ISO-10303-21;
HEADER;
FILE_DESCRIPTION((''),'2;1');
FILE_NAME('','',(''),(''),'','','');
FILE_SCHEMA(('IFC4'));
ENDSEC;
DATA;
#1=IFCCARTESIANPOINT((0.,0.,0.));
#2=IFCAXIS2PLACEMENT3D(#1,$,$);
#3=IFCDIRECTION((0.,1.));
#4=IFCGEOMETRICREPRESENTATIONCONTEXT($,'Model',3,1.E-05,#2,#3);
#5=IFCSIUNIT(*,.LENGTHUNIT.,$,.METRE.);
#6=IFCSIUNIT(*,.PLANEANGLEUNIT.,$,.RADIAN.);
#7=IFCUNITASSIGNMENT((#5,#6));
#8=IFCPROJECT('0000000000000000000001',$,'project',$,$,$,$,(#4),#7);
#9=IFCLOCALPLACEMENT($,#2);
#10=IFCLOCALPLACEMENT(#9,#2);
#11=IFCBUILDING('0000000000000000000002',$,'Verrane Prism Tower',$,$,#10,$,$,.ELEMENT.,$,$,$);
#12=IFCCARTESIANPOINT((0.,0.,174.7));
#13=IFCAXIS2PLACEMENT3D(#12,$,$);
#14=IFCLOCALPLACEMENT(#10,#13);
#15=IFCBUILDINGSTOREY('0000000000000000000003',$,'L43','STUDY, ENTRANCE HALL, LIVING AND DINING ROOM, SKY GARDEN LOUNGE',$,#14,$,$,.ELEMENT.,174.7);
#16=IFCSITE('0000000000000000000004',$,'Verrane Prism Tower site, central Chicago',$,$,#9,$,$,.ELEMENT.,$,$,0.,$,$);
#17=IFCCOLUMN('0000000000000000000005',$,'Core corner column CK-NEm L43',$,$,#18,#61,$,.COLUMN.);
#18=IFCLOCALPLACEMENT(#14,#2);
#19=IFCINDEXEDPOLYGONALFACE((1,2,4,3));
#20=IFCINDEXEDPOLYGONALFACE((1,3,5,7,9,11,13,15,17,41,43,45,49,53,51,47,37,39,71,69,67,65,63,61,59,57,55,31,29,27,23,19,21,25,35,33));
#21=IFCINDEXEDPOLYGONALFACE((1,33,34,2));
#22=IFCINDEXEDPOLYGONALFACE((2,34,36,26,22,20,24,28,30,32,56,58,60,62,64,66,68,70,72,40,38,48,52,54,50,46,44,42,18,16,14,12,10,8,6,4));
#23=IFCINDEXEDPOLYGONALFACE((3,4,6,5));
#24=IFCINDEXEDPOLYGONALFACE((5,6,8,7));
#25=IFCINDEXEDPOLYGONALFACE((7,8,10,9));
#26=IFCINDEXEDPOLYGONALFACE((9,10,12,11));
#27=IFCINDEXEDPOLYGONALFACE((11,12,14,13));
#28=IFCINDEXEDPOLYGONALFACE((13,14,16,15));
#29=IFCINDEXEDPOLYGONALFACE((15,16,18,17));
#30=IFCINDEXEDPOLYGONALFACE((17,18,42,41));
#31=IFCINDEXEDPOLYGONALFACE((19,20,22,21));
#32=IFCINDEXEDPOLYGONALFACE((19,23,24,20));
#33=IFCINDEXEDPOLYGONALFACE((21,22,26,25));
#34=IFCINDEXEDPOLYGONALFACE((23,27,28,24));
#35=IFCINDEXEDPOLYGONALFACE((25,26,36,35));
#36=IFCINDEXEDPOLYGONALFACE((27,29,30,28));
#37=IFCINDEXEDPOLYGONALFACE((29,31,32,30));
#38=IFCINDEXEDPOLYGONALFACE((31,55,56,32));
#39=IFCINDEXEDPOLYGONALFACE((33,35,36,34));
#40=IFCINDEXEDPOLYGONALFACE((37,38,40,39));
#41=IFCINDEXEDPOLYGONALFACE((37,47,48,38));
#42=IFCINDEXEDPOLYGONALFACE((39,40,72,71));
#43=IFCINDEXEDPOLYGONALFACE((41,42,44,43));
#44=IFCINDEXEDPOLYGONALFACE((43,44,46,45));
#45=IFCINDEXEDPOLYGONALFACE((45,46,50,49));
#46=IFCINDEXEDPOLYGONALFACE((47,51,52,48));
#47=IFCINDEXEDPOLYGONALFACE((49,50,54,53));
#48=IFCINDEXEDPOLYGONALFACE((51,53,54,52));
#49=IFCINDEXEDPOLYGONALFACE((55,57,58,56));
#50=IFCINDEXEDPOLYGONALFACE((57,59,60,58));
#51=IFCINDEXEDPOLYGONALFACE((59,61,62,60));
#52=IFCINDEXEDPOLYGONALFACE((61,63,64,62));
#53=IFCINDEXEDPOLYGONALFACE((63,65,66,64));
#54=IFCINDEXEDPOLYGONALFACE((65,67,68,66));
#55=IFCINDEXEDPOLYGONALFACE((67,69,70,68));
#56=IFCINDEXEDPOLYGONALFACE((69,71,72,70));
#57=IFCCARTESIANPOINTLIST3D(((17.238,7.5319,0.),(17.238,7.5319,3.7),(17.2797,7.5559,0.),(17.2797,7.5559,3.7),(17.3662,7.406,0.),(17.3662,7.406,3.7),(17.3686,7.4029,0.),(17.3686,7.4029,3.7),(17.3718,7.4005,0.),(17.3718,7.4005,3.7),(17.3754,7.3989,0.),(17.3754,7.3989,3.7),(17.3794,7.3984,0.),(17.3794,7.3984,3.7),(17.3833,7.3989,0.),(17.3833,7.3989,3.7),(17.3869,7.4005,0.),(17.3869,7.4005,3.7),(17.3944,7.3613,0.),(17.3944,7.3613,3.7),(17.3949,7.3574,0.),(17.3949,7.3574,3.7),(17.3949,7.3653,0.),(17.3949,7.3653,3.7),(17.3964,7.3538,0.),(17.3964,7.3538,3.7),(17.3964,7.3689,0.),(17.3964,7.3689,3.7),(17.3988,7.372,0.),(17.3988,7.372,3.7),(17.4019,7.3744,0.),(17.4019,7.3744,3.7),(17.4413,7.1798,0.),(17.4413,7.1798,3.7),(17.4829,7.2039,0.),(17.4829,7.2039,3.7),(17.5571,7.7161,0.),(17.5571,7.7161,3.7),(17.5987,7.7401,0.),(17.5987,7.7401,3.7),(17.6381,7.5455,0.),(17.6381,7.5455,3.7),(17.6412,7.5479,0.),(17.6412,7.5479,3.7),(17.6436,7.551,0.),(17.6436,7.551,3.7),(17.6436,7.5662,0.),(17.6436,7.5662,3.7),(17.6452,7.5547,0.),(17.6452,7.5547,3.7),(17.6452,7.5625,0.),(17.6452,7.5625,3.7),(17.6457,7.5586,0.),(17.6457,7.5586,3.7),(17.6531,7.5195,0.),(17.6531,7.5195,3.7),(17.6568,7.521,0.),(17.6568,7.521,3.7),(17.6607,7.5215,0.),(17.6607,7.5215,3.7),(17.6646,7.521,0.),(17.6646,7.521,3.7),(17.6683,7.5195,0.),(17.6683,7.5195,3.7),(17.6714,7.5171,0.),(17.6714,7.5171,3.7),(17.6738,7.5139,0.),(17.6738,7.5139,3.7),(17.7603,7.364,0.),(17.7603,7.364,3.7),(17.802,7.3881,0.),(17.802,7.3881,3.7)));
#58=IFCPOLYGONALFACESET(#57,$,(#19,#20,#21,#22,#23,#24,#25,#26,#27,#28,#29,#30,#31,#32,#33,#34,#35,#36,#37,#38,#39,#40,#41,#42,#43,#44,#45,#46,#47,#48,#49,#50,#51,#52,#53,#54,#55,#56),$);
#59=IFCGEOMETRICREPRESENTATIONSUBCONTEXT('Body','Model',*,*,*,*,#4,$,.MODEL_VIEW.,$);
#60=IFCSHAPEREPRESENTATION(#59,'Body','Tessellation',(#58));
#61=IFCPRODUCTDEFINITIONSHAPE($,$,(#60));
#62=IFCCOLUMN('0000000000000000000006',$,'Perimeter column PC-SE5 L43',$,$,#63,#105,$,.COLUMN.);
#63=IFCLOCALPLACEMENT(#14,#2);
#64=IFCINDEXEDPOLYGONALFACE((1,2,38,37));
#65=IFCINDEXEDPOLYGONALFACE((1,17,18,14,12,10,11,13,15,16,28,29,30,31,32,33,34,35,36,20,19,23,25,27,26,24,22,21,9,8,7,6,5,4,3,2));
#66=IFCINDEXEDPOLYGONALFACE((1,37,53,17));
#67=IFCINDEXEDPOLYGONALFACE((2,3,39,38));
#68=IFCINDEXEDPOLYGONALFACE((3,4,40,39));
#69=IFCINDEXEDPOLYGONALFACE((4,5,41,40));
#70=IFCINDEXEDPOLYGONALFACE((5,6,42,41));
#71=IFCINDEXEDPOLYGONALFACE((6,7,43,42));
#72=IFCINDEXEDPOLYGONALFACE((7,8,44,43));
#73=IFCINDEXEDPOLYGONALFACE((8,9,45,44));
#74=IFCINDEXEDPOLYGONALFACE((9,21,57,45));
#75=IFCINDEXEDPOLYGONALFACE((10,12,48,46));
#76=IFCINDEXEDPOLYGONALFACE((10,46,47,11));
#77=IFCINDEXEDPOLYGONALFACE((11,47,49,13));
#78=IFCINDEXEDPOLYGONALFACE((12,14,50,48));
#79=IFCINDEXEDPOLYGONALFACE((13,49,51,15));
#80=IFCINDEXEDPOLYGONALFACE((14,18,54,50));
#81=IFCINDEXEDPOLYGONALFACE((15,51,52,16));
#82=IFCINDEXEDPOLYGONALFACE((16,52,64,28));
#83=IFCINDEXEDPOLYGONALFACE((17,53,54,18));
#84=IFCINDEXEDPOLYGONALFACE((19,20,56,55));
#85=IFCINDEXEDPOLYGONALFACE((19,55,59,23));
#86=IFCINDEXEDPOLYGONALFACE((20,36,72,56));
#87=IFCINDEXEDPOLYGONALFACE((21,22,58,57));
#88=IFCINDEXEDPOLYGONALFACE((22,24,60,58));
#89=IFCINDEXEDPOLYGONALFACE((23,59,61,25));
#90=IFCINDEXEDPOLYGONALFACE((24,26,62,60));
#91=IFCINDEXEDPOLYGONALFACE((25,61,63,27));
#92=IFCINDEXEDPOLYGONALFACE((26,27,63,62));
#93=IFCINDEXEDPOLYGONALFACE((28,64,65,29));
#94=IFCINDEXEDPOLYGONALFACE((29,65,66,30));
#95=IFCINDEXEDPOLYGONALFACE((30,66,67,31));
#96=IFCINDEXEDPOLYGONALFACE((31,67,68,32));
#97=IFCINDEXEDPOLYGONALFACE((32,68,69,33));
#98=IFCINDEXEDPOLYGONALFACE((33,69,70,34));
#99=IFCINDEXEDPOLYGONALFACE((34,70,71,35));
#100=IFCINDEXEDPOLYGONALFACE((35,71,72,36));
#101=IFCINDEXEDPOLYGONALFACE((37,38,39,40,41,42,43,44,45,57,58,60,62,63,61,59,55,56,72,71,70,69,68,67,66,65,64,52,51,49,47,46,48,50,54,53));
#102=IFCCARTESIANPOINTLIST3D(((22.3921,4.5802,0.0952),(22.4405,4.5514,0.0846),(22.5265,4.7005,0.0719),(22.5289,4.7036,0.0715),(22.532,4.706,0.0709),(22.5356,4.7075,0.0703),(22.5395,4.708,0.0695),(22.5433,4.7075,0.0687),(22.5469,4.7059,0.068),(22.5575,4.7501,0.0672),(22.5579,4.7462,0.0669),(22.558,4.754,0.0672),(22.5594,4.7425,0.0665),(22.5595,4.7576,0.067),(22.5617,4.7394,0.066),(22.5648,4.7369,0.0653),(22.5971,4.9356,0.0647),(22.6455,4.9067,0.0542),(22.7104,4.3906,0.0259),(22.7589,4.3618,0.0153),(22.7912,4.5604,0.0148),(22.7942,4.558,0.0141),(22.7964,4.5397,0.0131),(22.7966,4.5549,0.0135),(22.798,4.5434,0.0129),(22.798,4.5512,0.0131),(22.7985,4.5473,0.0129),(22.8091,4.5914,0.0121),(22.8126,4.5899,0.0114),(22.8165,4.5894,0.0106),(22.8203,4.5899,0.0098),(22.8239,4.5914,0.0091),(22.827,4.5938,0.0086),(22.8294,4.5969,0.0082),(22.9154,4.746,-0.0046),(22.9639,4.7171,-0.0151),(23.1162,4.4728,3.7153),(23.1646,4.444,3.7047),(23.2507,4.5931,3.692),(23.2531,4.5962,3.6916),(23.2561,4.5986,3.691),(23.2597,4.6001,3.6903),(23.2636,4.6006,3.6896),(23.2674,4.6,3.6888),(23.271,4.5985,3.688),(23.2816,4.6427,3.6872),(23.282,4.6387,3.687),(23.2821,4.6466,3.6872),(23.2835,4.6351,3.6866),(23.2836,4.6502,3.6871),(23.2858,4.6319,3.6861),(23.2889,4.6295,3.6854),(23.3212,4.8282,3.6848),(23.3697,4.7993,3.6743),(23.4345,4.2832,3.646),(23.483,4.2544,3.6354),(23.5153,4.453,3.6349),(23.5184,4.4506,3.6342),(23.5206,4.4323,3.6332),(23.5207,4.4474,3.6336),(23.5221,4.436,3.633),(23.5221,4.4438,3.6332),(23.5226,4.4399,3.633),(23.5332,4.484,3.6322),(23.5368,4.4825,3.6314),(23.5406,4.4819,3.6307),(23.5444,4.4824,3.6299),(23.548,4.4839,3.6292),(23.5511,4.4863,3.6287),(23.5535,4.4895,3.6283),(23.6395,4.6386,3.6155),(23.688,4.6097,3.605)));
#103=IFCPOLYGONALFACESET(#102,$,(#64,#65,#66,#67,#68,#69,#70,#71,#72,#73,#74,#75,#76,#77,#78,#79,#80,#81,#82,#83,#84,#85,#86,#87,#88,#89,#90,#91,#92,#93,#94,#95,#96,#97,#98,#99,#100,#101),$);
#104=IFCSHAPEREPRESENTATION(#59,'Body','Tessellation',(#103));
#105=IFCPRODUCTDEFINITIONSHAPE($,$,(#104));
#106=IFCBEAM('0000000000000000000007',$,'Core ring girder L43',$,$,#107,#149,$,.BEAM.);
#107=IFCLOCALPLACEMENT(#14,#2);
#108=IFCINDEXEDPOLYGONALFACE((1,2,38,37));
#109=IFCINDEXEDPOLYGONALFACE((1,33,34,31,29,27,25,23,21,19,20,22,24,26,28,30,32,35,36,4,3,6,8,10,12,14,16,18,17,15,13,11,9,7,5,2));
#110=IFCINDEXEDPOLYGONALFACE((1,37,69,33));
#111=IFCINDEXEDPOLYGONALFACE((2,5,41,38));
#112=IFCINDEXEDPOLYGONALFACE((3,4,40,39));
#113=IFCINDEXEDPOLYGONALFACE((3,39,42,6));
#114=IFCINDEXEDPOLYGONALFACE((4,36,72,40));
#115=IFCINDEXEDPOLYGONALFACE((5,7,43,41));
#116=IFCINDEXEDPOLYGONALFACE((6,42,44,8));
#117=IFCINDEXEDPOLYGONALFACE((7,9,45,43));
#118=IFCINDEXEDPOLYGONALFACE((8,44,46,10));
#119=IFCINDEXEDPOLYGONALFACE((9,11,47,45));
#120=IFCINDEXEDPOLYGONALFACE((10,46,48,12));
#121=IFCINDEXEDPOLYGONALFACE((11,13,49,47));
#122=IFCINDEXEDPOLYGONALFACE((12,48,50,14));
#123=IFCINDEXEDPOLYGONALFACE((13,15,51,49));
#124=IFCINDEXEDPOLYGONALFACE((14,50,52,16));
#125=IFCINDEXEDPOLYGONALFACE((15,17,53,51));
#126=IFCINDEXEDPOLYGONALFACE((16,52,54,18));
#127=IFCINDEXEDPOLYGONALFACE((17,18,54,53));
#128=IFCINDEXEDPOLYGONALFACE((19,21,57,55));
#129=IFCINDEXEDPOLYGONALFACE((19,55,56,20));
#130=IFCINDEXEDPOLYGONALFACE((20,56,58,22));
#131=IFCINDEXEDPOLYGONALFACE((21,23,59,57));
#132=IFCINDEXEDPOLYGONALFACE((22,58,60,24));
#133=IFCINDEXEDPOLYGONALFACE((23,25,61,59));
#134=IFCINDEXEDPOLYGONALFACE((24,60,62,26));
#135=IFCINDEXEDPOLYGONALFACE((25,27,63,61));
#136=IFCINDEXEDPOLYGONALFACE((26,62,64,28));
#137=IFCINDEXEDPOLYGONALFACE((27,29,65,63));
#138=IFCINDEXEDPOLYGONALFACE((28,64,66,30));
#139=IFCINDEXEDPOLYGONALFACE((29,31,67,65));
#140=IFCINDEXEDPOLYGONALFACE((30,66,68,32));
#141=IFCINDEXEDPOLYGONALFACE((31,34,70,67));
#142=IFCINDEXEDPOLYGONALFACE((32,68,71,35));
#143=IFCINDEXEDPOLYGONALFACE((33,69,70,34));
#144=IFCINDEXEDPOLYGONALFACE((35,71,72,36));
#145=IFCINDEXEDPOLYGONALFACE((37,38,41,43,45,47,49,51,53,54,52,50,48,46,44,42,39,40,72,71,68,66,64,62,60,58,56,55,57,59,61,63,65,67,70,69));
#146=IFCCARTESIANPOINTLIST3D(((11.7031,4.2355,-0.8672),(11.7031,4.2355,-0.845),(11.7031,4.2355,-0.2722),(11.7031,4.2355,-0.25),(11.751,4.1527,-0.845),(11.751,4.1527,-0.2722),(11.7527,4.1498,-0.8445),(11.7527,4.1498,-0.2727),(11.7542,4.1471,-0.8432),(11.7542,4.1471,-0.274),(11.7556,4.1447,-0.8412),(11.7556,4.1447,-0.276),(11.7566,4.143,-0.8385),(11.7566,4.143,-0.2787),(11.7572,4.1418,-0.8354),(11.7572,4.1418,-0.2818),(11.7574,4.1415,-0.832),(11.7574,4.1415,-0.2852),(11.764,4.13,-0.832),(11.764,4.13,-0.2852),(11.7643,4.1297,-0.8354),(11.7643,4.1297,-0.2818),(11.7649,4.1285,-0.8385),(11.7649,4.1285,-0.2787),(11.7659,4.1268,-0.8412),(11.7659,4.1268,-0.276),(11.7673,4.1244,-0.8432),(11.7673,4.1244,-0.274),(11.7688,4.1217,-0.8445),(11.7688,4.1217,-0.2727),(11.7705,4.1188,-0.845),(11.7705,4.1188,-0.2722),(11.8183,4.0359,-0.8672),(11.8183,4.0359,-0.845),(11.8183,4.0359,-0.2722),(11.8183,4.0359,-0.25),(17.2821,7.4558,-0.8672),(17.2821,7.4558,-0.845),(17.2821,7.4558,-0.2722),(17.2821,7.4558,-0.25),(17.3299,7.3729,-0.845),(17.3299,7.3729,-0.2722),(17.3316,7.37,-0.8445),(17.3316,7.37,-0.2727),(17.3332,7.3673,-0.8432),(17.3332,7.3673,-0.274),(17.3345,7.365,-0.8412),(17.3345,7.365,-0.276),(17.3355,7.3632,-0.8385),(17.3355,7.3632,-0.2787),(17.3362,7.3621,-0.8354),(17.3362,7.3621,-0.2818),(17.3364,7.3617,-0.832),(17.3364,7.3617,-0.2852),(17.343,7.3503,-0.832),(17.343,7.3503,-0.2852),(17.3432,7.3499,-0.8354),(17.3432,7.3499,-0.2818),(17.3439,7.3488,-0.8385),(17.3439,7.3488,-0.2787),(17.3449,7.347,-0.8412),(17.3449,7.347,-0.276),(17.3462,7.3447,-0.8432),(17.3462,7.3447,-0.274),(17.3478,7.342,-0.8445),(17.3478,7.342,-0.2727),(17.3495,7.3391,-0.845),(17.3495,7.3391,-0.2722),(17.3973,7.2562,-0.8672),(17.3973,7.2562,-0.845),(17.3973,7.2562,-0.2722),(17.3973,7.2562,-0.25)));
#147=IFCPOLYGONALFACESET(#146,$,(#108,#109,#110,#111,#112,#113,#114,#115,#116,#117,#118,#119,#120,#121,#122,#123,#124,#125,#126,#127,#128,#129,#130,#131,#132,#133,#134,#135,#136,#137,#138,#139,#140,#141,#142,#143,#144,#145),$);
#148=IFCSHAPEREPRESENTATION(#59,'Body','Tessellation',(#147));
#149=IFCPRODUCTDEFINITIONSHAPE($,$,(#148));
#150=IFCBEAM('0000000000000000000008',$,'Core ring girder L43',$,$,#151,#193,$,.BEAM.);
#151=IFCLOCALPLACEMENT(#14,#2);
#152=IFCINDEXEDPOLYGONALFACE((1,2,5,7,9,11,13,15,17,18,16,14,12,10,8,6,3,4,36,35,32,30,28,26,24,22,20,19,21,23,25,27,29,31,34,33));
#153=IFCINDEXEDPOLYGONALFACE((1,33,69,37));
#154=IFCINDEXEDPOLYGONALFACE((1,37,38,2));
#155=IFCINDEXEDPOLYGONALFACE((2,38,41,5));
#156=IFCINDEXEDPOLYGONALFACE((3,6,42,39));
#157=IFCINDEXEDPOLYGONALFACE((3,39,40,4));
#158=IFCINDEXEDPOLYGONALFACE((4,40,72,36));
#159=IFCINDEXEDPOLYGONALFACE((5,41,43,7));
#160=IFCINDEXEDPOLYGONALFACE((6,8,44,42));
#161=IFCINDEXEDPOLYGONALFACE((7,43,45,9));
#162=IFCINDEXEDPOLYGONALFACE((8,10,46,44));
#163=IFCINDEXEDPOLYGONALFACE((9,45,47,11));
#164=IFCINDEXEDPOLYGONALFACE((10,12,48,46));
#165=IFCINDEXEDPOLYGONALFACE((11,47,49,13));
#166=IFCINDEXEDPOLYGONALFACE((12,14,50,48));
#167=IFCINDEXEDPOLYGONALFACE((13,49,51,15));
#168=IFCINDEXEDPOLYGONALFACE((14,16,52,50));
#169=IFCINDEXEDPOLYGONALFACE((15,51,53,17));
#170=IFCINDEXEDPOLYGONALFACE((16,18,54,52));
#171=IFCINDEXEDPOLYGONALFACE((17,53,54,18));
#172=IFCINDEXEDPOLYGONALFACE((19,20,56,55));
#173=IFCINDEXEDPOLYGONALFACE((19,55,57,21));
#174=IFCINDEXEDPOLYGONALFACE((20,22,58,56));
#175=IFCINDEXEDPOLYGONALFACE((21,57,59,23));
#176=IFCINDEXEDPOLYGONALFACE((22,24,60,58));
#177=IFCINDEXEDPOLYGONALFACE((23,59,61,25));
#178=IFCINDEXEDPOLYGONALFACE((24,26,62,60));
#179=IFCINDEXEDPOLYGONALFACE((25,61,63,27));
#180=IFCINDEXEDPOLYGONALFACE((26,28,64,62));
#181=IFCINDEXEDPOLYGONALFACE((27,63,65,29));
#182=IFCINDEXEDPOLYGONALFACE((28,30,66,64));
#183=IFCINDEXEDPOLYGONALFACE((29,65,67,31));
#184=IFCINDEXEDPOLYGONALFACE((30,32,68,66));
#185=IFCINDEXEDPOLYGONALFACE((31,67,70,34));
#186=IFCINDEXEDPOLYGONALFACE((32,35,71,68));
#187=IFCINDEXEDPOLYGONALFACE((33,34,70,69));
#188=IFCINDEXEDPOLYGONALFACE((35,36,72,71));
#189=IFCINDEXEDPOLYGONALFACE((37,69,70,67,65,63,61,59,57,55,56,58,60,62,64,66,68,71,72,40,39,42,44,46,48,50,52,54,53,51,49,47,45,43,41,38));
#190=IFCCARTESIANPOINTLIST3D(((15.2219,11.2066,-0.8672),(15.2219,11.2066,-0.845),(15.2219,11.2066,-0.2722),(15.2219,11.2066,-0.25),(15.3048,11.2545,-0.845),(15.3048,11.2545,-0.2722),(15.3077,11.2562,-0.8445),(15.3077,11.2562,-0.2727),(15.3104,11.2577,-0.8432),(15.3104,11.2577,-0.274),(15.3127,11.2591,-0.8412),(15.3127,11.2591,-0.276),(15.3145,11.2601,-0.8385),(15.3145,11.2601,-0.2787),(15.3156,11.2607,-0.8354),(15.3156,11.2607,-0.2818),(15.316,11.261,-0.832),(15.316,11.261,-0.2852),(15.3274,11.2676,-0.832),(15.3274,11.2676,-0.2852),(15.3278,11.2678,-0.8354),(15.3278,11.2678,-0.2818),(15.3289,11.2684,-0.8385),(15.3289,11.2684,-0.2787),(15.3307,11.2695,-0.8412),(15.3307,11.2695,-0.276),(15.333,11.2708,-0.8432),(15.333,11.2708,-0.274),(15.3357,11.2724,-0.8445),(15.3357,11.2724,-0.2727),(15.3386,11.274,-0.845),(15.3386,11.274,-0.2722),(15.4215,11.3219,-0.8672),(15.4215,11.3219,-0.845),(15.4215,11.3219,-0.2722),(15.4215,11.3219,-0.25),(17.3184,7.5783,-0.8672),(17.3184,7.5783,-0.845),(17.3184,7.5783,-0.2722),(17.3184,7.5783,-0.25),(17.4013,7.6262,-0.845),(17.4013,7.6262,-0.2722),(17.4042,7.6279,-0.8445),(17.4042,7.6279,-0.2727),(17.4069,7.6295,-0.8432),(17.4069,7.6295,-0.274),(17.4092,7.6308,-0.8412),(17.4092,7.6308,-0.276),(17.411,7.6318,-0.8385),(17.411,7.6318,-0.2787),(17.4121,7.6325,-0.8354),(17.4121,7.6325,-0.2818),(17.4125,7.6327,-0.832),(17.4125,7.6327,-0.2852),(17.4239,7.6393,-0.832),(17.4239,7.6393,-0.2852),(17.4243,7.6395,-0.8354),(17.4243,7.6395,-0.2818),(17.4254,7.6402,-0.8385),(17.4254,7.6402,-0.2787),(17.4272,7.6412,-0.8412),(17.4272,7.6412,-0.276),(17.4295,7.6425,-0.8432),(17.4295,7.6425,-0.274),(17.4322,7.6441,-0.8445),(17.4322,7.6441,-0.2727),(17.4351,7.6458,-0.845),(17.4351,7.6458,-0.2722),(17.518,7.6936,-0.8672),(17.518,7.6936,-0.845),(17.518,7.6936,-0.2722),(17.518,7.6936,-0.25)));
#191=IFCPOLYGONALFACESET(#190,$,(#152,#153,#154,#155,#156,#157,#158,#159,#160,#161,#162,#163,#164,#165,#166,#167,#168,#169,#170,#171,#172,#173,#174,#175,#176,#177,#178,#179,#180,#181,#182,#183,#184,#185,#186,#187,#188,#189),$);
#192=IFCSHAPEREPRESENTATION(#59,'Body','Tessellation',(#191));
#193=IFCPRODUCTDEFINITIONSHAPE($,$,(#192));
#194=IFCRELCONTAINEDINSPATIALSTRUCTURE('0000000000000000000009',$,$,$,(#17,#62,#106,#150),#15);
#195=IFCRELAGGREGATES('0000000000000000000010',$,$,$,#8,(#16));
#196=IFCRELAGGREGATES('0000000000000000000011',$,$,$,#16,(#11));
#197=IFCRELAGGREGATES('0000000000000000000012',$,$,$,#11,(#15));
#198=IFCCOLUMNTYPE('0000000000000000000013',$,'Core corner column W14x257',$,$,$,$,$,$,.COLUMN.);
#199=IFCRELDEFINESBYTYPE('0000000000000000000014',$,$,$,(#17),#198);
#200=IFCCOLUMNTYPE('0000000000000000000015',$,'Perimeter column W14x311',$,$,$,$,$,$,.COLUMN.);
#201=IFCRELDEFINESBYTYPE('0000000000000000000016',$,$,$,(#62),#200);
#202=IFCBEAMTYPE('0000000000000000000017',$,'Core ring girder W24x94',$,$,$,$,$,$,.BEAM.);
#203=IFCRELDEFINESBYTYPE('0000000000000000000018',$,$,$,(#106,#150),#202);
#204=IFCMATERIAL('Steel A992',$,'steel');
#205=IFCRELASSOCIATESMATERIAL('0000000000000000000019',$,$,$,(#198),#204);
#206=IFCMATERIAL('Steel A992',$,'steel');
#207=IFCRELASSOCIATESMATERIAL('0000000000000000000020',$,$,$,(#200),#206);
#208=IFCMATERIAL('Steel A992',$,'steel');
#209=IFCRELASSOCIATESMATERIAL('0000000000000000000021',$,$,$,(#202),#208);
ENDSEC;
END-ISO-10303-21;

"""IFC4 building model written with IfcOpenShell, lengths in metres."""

from ifc_helpers import new_model, si_unit, direction, frame, origin, origin_2d, place, context, subcontext, project, spatial, i_section, extrude, material, material_profile, profile_set, type_object, element, save


model = new_model("IFC4")

# Units and contexts
model_context = context("Model", 3, precision=1e-05, world=origin(), true_north=direction((0.0, 1.0)))
body_context = subcontext(model_context, "Body", "Model", "MODEL_VIEW")
ifc_project = project(units=[si_unit("LENGTHUNIT", "METRE"), si_unit("PLANEANGLEUNIT", "RADIAN")], contexts=[model_context])

# Site, building, storey
site_placement = place(None, origin())
site = spatial("IfcSite", under=ifc_project, at=site_placement, Name="Verrane Prism Tower site, central Chicago", CompositionType="ELEMENT", RefElevation=0.0)
building_placement = place(site_placement, origin())
building = spatial("IfcBuilding", under=site, at=building_placement, Name="Verrane Prism Tower", CompositionType="ELEMENT")
storey_placement = place(building_placement, frame((0.0, 0.0, 174.7)))
storey = spatial("IfcBuildingStorey", under=building, at=storey_placement, Name="L43", Description="STUDY, ENTRANCE HALL, LIVING AND DINING ROOM, SKY GARDEN LOUNGE", CompositionType="ELEMENT", Elevation=174.7)

# Columns
ifc_material_1 = material(Name="Steel A992", Category="steel")
ifc_material_profile_1 = material_profile(ifc_material_1, i_section(OverallWidth=0.4065, OverallDepth=0.4165, WebThickness=0.03, FlangeThickness=0.0481, FilletRadius=0.0151, at=origin_2d()), Name="W14x257")
ifc_profile_set_1 = profile_set([ifc_material_profile_1], Name="Steel A992")
column_type_1 = type_object("IfcColumnType", Name="Core corner column W14x257", PredefinedType="COLUMN", material=ifc_profile_set_1)
column_1_placement = place(storey_placement, frame((17.52, 7.46, 0.0), z_axis=(0.0, 0.0, 1.0), x_axis=(0.5, -0.866025, 0.0)))
element("IfcColumn", 1, at=column_1_placement, inside=storey, type_object=column_type_1, Name="Core corner column CK-NEm L43", PredefinedType="COLUMN", context=body_context, shape_type="SweptSolid", body=[
    extrude(i_section(OverallWidth=0.4065, OverallDepth=0.4165, WebThickness=0.03, FlangeThickness=0.0481, FilletRadius=0.0151, at=origin_2d()), origin(), (0.0, 0.0, 1.0), 3.7),
])
ifc_material_2 = material(Name="Steel A992", Category="steel")
ifc_material_profile_2 = material_profile(ifc_material_2, i_section(OverallWidth=0.4114, OverallDepth=0.4343, WebThickness=0.0359, FlangeThickness=0.0574, FilletRadius=0.0151, at=origin_2d()), Name="W14x311")
ifc_profile_set_2 = profile_set([ifc_material_profile_2], Name="Steel A992")
column_type_2 = type_object("IfcColumnType", Name="Perimeter column W14x311", PredefinedType="COLUMN", material=ifc_profile_set_2)
column_2_placement = place(storey_placement, frame((22.678, 4.6487, 0.04), z_axis=(0.196059, -0.029085, 0.980161), x_axis=(-0.498371, -0.863795, 0.074056)))
element("IfcColumn", 2, at=column_2_placement, inside=storey, type_object=column_type_2, Name="Perimeter column PC-SE5 L43", PredefinedType="COLUMN", context=body_context, shape_type="SweptSolid", body=[
    extrude(i_section(OverallWidth=0.4114, OverallDepth=0.4343, WebThickness=0.0359, FlangeThickness=0.0574, FilletRadius=0.0151, at=origin_2d()), origin(), (0.0, 0.0, 1.0), 3.6934),
])

# Beams
ifc_material_3 = material(Name="Steel A992", Category="steel")
ifc_material_profile_3 = material_profile(ifc_material_3, i_section(OverallWidth=0.2305, OverallDepth=0.6172, WebThickness=0.0132, FlangeThickness=0.0222, FilletRadius=0.0129, at=origin_2d()), Name="W24x94")
ifc_profile_set_3 = profile_set([ifc_material_profile_3], Name="Steel A992")
beam_type_1 = type_object("IfcBeamType", Name="Core ring girder W24x94", PredefinedType="BEAM", material=ifc_profile_set_3)
beam_1_placement = place(storey_placement, frame((11.7607, 4.1357, -0.5586), z_axis=(0.866075, 0.499914, 0.0), x_axis=(-0.499914, 0.866075, 0.0)))
element("IfcBeam", 3, at=beam_1_placement, inside=storey, type_object=beam_type_1, Name="Core ring girder L43", PredefinedType="BEAM", context=body_context, shape_type="SweptSolid", body=[
    extrude(i_section(OverallWidth=0.2305, OverallDepth=0.6172, WebThickness=0.0132, FlangeThickness=0.0222, FilletRadius=0.0129, at=origin_2d()), origin(), (0.0, 0.0, 1.0), 6.4417),
])
beam_2_placement = place(storey_placement, frame((17.4182, 7.636, -0.5586), z_axis=(-0.500306, 0.865849, 0.0), x_axis=(-0.865849, -0.500306, 0.0)))
element("IfcBeam", 4, at=beam_2_placement, inside=storey, type_object=beam_type_1, Name="Core ring girder L43", PredefinedType="BEAM", context=body_context, shape_type="SweptSolid", body=[
    extrude(i_section(OverallWidth=0.2305, OverallDepth=0.6172, WebThickness=0.0132, FlangeThickness=0.0222, FilletRadius=0.0129, at=origin_2d()), origin(), (0.0, 0.0, 1.0), 4.1904),
])

save(model, "model.ifc")
